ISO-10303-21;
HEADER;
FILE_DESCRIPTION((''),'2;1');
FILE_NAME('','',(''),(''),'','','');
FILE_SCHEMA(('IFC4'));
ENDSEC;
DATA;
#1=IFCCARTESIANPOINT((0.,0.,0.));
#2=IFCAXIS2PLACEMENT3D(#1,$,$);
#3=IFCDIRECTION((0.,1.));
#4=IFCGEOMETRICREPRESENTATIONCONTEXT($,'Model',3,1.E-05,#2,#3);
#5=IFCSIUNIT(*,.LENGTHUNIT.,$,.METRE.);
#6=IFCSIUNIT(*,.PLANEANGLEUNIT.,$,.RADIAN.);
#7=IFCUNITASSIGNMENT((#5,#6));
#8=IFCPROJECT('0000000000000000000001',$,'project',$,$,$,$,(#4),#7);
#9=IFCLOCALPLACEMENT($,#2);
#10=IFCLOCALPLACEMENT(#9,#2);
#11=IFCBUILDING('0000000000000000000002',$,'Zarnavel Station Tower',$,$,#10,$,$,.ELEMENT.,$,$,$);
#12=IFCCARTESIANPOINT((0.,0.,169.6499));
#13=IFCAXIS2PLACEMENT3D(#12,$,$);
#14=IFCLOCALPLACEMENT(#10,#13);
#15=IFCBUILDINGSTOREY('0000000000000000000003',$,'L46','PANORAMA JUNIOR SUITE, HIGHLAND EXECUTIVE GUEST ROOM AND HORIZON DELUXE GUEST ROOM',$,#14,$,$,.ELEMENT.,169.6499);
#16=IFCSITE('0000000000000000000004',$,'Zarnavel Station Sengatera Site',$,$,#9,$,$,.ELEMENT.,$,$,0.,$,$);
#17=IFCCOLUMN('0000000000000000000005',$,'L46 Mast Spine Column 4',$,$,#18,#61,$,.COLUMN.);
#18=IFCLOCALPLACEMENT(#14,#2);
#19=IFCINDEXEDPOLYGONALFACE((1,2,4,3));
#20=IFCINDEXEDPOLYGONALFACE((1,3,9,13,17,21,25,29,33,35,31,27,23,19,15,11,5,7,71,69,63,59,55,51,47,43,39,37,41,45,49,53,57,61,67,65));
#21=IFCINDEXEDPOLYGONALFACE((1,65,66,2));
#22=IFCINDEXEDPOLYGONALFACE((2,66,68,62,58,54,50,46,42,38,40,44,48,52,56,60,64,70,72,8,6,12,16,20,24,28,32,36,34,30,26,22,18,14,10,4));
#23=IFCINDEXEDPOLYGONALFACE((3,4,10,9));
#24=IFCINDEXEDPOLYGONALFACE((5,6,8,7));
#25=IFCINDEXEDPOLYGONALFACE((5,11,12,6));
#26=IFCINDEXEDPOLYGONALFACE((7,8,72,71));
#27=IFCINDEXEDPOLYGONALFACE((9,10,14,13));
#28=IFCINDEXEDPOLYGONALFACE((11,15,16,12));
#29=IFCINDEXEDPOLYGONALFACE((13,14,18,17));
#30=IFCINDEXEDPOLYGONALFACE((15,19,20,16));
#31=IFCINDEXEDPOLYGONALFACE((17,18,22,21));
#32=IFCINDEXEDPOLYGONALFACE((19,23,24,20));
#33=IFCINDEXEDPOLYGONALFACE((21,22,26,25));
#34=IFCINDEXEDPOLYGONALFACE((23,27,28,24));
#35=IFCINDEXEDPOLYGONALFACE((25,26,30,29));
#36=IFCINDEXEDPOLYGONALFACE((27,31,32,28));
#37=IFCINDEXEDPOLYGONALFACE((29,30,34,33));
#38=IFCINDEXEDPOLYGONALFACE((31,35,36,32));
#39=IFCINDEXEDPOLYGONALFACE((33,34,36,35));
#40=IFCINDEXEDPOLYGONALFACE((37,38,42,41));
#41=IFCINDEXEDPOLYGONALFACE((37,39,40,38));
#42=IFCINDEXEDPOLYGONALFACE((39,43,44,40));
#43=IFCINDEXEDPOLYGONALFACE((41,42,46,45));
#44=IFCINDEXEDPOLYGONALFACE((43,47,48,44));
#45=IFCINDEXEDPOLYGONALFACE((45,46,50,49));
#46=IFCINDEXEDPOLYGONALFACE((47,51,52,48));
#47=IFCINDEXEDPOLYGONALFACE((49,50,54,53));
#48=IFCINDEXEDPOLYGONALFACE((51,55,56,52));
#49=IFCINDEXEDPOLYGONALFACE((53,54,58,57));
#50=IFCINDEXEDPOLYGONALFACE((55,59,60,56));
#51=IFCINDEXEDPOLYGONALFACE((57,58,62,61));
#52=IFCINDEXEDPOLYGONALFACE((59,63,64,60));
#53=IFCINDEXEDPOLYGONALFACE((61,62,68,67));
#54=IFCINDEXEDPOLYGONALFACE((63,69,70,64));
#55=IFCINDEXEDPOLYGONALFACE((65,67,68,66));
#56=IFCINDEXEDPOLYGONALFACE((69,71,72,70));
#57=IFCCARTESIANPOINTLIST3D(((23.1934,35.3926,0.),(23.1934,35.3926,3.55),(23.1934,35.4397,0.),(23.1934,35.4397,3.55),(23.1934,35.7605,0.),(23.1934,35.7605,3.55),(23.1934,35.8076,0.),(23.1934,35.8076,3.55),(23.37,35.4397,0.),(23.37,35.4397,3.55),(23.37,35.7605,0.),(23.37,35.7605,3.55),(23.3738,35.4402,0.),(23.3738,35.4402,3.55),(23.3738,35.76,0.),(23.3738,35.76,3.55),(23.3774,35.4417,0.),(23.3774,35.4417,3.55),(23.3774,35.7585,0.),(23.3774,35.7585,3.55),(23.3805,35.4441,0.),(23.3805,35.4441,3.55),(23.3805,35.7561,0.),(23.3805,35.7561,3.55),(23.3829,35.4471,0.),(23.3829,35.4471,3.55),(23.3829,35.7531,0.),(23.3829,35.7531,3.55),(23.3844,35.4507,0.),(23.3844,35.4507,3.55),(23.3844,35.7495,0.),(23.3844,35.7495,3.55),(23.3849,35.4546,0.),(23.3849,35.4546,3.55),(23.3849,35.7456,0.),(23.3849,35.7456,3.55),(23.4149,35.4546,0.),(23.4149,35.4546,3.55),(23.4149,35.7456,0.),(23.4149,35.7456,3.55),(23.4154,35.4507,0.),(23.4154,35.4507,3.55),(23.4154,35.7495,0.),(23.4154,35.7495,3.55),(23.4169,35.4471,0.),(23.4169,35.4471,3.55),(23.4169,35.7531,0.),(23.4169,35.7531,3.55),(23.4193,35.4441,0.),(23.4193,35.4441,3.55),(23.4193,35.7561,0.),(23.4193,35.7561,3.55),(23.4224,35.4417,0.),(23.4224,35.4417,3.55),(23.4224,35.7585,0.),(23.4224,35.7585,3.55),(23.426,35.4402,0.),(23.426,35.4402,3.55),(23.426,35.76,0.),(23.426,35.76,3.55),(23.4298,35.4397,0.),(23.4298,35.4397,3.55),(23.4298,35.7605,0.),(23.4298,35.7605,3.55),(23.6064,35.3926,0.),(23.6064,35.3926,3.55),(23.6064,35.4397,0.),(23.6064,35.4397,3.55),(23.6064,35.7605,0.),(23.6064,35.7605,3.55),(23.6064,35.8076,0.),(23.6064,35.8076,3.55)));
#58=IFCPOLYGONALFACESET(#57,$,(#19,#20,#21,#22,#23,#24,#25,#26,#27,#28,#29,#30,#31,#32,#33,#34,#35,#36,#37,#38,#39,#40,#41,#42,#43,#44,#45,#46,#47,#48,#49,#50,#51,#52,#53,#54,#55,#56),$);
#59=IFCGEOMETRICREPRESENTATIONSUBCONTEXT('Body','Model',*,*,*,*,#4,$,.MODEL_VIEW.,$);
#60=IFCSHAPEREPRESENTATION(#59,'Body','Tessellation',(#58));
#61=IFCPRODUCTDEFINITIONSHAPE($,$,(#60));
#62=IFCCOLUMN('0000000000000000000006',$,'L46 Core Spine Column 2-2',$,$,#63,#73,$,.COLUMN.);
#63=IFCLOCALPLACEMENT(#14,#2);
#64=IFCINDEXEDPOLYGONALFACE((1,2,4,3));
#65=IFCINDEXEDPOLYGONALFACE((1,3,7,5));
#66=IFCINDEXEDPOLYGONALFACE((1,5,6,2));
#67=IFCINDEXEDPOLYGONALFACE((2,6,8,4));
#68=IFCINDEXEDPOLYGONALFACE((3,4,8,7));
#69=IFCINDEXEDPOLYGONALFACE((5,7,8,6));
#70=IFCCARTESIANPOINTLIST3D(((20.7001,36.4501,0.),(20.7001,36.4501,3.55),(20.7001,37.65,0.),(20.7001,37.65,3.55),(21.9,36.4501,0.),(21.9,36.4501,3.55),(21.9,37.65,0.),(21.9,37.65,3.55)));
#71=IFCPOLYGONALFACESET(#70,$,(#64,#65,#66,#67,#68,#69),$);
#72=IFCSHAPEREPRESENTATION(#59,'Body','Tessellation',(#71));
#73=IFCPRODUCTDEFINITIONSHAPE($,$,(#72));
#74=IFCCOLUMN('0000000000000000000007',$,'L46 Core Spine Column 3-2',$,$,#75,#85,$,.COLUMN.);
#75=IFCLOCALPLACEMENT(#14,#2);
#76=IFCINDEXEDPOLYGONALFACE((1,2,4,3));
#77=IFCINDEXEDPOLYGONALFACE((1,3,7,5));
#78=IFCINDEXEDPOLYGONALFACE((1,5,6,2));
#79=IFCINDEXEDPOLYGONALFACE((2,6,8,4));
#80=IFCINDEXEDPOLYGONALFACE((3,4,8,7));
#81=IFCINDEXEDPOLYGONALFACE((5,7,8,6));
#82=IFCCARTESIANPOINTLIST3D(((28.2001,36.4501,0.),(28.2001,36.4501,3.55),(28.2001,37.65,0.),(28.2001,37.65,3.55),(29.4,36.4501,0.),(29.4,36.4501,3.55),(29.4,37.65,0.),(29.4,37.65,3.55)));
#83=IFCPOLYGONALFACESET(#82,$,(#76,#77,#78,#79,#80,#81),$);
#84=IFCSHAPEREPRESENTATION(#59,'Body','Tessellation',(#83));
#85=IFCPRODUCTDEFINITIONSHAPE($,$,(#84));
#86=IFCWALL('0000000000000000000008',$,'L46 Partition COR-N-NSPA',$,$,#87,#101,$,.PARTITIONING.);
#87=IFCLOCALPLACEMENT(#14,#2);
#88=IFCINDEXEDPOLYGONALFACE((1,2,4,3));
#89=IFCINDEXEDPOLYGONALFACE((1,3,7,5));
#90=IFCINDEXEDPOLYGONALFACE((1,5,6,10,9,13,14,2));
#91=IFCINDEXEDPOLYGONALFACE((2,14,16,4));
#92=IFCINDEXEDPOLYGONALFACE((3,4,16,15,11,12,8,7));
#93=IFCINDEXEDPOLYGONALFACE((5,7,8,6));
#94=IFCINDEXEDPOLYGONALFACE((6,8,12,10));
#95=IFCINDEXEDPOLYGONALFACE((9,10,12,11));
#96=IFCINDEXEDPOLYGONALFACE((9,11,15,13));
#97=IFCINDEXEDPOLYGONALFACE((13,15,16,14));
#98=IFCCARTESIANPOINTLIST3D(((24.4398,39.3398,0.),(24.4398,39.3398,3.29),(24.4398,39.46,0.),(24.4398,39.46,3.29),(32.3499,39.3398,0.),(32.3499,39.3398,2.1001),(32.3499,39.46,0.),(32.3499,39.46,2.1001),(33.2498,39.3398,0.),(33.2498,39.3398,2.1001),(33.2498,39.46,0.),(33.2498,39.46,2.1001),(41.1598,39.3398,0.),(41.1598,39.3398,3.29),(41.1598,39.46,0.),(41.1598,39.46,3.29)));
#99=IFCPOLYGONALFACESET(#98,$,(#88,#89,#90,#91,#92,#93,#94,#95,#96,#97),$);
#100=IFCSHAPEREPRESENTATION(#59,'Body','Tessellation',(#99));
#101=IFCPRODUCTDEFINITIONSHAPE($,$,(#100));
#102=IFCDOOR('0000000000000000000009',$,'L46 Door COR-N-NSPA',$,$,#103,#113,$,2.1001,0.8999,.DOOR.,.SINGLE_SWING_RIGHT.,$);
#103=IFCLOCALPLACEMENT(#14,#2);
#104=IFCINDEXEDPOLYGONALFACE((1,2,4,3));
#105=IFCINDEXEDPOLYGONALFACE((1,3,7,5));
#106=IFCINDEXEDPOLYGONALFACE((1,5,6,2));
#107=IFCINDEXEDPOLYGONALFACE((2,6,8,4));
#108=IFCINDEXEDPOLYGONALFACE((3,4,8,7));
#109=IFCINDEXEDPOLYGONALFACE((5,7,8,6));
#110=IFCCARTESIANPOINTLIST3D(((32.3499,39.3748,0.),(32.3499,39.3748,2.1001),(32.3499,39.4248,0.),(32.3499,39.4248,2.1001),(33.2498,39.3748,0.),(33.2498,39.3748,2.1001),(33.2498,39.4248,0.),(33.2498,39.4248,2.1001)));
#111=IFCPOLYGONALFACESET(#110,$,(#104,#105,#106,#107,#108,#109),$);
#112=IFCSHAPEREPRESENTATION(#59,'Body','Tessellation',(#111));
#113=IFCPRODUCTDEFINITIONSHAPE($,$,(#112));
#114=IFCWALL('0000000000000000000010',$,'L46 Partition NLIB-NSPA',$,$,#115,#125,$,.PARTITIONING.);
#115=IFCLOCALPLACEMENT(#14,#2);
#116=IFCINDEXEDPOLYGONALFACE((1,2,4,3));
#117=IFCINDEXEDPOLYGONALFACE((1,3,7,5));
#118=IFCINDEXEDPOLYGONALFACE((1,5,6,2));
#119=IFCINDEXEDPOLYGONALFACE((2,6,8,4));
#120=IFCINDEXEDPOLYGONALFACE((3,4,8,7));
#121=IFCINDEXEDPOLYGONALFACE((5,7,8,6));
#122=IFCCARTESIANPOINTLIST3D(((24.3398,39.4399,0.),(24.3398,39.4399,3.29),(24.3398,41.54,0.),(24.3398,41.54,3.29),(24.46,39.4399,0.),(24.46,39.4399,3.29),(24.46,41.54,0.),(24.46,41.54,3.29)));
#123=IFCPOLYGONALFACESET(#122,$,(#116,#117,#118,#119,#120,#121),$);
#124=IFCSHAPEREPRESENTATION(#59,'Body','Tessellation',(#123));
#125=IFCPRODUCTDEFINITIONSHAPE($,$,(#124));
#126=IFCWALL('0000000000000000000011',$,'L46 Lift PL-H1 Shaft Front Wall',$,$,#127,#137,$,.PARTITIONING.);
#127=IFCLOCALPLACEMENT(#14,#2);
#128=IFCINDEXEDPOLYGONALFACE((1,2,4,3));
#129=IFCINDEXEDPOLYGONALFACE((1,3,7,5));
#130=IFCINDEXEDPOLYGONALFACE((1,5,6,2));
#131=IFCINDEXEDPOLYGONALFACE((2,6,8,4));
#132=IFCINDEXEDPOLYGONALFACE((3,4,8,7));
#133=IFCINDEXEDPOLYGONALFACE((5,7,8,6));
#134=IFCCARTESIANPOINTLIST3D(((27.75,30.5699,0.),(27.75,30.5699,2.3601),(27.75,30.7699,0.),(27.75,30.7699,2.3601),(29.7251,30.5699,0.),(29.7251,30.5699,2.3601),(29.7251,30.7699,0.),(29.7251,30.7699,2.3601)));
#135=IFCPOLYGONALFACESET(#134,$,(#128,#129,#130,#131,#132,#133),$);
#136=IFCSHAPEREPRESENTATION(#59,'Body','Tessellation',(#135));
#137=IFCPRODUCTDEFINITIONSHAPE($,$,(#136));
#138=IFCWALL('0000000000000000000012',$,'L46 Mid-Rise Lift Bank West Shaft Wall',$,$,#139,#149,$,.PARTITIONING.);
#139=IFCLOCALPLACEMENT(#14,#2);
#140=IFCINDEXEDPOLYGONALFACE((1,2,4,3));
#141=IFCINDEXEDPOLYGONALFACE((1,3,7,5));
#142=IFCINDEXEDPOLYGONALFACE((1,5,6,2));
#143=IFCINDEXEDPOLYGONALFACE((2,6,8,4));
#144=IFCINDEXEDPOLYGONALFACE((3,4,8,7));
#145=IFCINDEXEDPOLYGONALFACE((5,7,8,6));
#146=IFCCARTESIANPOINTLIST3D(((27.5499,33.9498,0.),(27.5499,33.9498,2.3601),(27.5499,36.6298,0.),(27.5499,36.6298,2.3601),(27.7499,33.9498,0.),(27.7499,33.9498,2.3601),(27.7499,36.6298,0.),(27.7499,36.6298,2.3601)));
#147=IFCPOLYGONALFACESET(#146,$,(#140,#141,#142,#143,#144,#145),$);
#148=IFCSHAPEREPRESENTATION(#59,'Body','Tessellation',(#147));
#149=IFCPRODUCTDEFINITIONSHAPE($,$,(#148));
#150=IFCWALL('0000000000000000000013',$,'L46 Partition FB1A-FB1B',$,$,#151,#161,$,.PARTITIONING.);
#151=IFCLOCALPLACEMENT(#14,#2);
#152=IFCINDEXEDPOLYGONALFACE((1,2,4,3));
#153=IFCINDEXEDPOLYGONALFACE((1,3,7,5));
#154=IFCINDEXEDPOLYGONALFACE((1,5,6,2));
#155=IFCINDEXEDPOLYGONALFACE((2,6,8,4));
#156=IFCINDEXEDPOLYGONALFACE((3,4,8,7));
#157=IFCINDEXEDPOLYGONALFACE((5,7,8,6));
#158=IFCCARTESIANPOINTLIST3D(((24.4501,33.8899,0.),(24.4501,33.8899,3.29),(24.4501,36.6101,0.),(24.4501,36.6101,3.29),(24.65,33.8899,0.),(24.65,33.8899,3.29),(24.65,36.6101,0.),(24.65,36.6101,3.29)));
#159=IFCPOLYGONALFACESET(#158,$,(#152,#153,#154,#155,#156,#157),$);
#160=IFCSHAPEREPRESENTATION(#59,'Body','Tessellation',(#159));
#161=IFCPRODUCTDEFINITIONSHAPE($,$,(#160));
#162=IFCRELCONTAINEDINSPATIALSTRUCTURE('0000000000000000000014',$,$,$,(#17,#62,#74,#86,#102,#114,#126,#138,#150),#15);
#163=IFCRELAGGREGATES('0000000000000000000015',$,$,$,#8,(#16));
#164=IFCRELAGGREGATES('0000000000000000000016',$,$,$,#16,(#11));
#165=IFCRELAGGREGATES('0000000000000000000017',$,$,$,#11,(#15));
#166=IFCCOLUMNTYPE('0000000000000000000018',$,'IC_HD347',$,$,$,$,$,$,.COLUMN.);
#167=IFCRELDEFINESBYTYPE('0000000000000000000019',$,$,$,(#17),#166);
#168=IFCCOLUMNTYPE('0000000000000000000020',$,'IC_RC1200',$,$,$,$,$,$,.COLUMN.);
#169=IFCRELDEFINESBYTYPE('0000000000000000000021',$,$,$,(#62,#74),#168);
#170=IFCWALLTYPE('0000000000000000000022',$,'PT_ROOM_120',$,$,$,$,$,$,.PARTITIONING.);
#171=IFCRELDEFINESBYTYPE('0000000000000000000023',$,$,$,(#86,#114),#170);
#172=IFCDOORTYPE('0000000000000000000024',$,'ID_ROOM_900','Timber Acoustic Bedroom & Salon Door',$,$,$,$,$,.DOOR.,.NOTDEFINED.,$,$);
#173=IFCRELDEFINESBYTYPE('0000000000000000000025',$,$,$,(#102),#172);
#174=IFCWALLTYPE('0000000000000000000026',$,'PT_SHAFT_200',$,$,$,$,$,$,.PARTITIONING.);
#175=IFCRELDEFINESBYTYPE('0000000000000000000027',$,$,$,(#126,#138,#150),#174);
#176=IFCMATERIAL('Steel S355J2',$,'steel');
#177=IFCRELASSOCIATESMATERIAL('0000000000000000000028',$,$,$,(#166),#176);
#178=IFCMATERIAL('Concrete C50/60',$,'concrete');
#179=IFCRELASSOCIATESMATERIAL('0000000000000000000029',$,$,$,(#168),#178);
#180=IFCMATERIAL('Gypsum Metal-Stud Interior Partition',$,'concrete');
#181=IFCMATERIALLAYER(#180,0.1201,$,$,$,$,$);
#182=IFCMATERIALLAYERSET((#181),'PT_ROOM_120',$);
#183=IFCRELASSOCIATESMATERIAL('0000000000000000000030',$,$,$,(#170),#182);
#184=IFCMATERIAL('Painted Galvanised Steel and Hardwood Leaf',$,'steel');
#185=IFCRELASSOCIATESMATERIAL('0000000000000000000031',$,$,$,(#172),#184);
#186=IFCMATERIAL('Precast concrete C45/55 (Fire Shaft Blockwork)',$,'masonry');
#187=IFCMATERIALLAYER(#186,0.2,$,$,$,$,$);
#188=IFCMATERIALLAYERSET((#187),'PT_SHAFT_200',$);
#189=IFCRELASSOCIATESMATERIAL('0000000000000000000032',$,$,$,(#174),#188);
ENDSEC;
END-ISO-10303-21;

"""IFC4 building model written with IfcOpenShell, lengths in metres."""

from ifc_helpers import new_model, si_unit, direction, frame, frame_2d, origin, origin_2d, place, context, subcontext, project, spatial, rectangle, i_section, extrude, material, layer, layer_set, material_profile, profile_set, type_object, element, fill, save


model = new_model("IFC4")

# Units and contexts
model_context = context("Model", 3, precision=1e-05, world=origin(), true_north=direction((0.0, 1.0)))
body_context = subcontext(model_context, "Body", "Model", "MODEL_VIEW")
ifc_project = project(units=[si_unit("LENGTHUNIT", "METRE"), si_unit("PLANEANGLEUNIT", "RADIAN")], contexts=[model_context])

# Site, building, storey
site_placement = place(None, origin())
site = spatial("IfcSite", under=ifc_project, at=site_placement, Name="Zarnavel Station Sengatera Site", CompositionType="ELEMENT", RefElevation=0.0)
building_placement = place(site_placement, origin())
building = spatial("IfcBuilding", under=site, at=building_placement, Name="Zarnavel Station Tower", CompositionType="ELEMENT")
storey_placement = place(building_placement, frame((0.0, 0.0, 169.6499)))
storey = spatial("IfcBuildingStorey", under=building, at=storey_placement, Name="L46", Description="PANORAMA JUNIOR SUITE, HIGHLAND EXECUTIVE GUEST ROOM AND HORIZON DELUXE GUEST ROOM", CompositionType="ELEMENT", Elevation=169.6499)

# Columns
ifc_material_1 = material(Name="Steel S355J2", Category="steel")
ifc_material_profile_1 = material_profile(ifc_material_1, i_section(OverallWidth=0.4131, OverallDepth=0.415, WebThickness=0.03, FlangeThickness=0.0471, FilletRadius=0.0149, at=origin_2d()), Name="HD400x347")
ifc_profile_set_1 = profile_set([ifc_material_profile_1], Name="Steel S355J2")
column_type_1 = type_object("IfcColumnType", Name="IC_HD347", PredefinedType="COLUMN", material=ifc_profile_set_1)
column_placement = place(storey_placement, frame((23.3999, 35.6001, 0.0), z_axis=(0.0, 0.0, 1.0), x_axis=(1.0, 0.0, 0.0)))
element("IfcColumn", 1, at=column_placement, inside=storey, type_object=column_type_1, Name="L46 Mast Spine Column 4", PredefinedType="COLUMN", context=body_context, shape_type="SweptSolid", body=[
    extrude(i_section(OverallWidth=0.4131, OverallDepth=0.415, WebThickness=0.03, FlangeThickness=0.0471, FilletRadius=0.0149, at=origin_2d()), origin(), (0.0, 0.0, 1.0), 3.55),
])
ifc_material_2 = material(Name="Concrete C50/60", Category="concrete")
ifc_material_profile_2 = material_profile(ifc_material_2, rectangle(XDim=1.2, YDim=1.2, at=origin_2d()), Name="RC1200x1200")
ifc_profile_set_2 = profile_set([ifc_material_profile_2], Name="Concrete C50/60")
column_type_2 = type_object("IfcColumnType", Name="IC_RC1200", PredefinedType="COLUMN", material=ifc_profile_set_2)
for number, where, z_axis, x_axis, name in (
    (2, (21.3, 37.05, 0.0), (0.0, 0.0, 1.0), (1.0, 0.0, 0.0), "L46 Core Spine Column 2-2"),
    (3, (28.8, 37.05, 0.0), (0.0, 0.0, 1.0), (1.0, 0.0, 0.0), "L46 Core Spine Column 3-2"),
):
    element("IfcColumn", number, at=place(storey_placement, frame(where, z_axis=z_axis, x_axis=x_axis)), inside=storey, type_object=column_type_2, Name=name, PredefinedType="COLUMN", context=body_context, shape_type="SweptSolid", body=[
        extrude(rectangle(XDim=1.2, YDim=1.2, at=origin_2d()), origin(), (0.0, 0.0, 1.0), 3.55),
    ])

# Wall, opening, door
ifc_material_3 = material(Name="Gypsum Metal-Stud Interior Partition", Category="concrete")
ifc_layer_1 = layer(ifc_material_3, 0.1201)
ifc_layer_set_1 = layer_set([ifc_layer_1], Name="PT_ROOM_120")
wall_type_1 = type_object("IfcWallType", Name="PT_ROOM_120", PredefinedType="PARTITIONING", material=ifc_layer_set_1)
wall_1_placement = place(storey_placement, frame((24.4399, 39.3999, 0.0), z_axis=(0.0, 0.0, 1.0), x_axis=(1.0, 0.0, 0.0)))
wall_1 = element("IfcWall", 4, at=wall_1_placement, inside=storey, type_object=wall_type_1, Name="L46 Partition COR-N-NSPA", PredefinedType="PARTITIONING", context=body_context, shape_type="SweptSolid", body=[
    extrude(rectangle(XDim=16.72, YDim=0.1201, at=frame_2d((8.3599, 0.0))), origin(), (0.0, 0.0, 1.0), 3.29),
])
opening_1_placement = place(wall_1_placement, frame((7.9099, 0.0, 0.0)))
opening_1 = element("IfcOpeningElement", 5, at=opening_1_placement, cuts=wall_1, PredefinedType="OPENING", context=body_context, shape_type="SweptSolid", body=[
    extrude(rectangle(XDim=0.8999, YDim=2.1001, at=frame_2d((0.45, 1.05))), frame((0.0, 0.0701, 0.0), z_axis=(0.0, -1.0, 0.0), x_axis=(1.0, 0.0, 0.0)), (0.0, 0.0, 1.0), 0.1401),
])
ifc_material_4 = material(Name="Painted Galvanised Steel and Hardwood Leaf", Category="steel")
door_type_1 = type_object("IfcDoorType", Name="ID_ROOM_900", Description="Timber Acoustic Bedroom & Salon Door", OperationType="NOTDEFINED", PredefinedType="DOOR", material=ifc_material_4)
door_1_placement = place(opening_1_placement, origin())
door_1 = element("IfcDoor", 6, at=door_1_placement, inside=storey, type_object=door_type_1, Name="L46 Door COR-N-NSPA", OperationType="SINGLE_SWING_RIGHT", OverallHeight=2.1001, OverallWidth=0.8999, PredefinedType="DOOR", context=body_context, shape_type="SweptSolid", body=[
    extrude(rectangle(XDim=0.8999, YDim=2.1001, at=frame_2d((0.45, 1.05))), frame((0.0, 0.0249, 0.0), z_axis=(0.0, -1.0, 0.0), x_axis=(1.0, 0.0, 0.0)), (0.0, 0.0, 1.0), 0.05),
])
fill(opening_1, door_1)

# Walls
wall_2_placement = place(storey_placement, frame((24.3999, 39.4399, 0.0), z_axis=(0.0, 0.0, 1.0), x_axis=(0.0, 1.0, 0.0)))
element("IfcWall", 7, at=wall_2_placement, inside=storey, type_object=wall_type_1, Name="L46 Partition NLIB-NSPA", PredefinedType="PARTITIONING", context=body_context, shape_type="SweptSolid", body=[
    extrude(rectangle(XDim=2.1001, YDim=0.1201, at=frame_2d((1.05, 0.0))), origin(), (0.0, 0.0, 1.0), 3.29),
])
ifc_material_5 = material(Name="Precast concrete C45/55 (Fire Shaft Blockwork)", Category="masonry")
ifc_layer_2 = layer(ifc_material_5, 0.2)
ifc_layer_set_2 = layer_set([ifc_layer_2], Name="PT_SHAFT_200")
wall_type_2 = type_object("IfcWallType", Name="PT_SHAFT_200", PredefinedType="PARTITIONING", material=ifc_layer_set_2)
wall_3_placement = place(storey_placement, frame((27.75, 30.6699, 0.0), z_axis=(0.0, 0.0, 1.0), x_axis=(1.0, 0.0, 0.0)))
element("IfcWall", 8, at=wall_3_placement, inside=storey, type_object=wall_type_2, Name="L46 Lift PL-H1 Shaft Front Wall", PredefinedType="PARTITIONING", context=body_context, shape_type="SweptSolid", body=[
    extrude(rectangle(XDim=1.9751, YDim=0.2, at=frame_2d((0.9875, 0.0))), origin(), (0.0, 0.0, 1.0), 2.3601),
])

# Wall
wall_4_placement = place(storey_placement, frame((27.6499, 33.95, 0.0), z_axis=(0.0, 0.0, 1.0), x_axis=(0.0, 1.0, 0.0)))
element("IfcWall", 9, at=wall_4_placement, inside=storey, type_object=wall_type_2, Name="L46 Mid-Rise Lift Bank West Shaft Wall", PredefinedType="PARTITIONING", context=body_context, shape_type="SweptSolid", body=[
    extrude(rectangle(XDim=2.6799, YDim=0.2, at=frame_2d((1.3398, 0.0))), origin(), (0.0, 0.0, 1.0), 2.3601),
])

# Wall
wall_5_placement = place(storey_placement, frame((24.55, 33.8899, 0.0), z_axis=(0.0, 0.0, 1.0), x_axis=(0.0, 1.0, 0.0)))
element("IfcWall", 10, at=wall_5_placement, inside=storey, type_object=wall_type_2, Name="L46 Partition FB1A-FB1B", PredefinedType="PARTITIONING", context=body_context, shape_type="SweptSolid", body=[
    extrude(rectangle(XDim=2.7202, YDim=0.2, at=frame_2d((1.3601, 0.0))), origin(), (0.0, 0.0, 1.0), 3.29),
])

save(model, "model.ifc")
